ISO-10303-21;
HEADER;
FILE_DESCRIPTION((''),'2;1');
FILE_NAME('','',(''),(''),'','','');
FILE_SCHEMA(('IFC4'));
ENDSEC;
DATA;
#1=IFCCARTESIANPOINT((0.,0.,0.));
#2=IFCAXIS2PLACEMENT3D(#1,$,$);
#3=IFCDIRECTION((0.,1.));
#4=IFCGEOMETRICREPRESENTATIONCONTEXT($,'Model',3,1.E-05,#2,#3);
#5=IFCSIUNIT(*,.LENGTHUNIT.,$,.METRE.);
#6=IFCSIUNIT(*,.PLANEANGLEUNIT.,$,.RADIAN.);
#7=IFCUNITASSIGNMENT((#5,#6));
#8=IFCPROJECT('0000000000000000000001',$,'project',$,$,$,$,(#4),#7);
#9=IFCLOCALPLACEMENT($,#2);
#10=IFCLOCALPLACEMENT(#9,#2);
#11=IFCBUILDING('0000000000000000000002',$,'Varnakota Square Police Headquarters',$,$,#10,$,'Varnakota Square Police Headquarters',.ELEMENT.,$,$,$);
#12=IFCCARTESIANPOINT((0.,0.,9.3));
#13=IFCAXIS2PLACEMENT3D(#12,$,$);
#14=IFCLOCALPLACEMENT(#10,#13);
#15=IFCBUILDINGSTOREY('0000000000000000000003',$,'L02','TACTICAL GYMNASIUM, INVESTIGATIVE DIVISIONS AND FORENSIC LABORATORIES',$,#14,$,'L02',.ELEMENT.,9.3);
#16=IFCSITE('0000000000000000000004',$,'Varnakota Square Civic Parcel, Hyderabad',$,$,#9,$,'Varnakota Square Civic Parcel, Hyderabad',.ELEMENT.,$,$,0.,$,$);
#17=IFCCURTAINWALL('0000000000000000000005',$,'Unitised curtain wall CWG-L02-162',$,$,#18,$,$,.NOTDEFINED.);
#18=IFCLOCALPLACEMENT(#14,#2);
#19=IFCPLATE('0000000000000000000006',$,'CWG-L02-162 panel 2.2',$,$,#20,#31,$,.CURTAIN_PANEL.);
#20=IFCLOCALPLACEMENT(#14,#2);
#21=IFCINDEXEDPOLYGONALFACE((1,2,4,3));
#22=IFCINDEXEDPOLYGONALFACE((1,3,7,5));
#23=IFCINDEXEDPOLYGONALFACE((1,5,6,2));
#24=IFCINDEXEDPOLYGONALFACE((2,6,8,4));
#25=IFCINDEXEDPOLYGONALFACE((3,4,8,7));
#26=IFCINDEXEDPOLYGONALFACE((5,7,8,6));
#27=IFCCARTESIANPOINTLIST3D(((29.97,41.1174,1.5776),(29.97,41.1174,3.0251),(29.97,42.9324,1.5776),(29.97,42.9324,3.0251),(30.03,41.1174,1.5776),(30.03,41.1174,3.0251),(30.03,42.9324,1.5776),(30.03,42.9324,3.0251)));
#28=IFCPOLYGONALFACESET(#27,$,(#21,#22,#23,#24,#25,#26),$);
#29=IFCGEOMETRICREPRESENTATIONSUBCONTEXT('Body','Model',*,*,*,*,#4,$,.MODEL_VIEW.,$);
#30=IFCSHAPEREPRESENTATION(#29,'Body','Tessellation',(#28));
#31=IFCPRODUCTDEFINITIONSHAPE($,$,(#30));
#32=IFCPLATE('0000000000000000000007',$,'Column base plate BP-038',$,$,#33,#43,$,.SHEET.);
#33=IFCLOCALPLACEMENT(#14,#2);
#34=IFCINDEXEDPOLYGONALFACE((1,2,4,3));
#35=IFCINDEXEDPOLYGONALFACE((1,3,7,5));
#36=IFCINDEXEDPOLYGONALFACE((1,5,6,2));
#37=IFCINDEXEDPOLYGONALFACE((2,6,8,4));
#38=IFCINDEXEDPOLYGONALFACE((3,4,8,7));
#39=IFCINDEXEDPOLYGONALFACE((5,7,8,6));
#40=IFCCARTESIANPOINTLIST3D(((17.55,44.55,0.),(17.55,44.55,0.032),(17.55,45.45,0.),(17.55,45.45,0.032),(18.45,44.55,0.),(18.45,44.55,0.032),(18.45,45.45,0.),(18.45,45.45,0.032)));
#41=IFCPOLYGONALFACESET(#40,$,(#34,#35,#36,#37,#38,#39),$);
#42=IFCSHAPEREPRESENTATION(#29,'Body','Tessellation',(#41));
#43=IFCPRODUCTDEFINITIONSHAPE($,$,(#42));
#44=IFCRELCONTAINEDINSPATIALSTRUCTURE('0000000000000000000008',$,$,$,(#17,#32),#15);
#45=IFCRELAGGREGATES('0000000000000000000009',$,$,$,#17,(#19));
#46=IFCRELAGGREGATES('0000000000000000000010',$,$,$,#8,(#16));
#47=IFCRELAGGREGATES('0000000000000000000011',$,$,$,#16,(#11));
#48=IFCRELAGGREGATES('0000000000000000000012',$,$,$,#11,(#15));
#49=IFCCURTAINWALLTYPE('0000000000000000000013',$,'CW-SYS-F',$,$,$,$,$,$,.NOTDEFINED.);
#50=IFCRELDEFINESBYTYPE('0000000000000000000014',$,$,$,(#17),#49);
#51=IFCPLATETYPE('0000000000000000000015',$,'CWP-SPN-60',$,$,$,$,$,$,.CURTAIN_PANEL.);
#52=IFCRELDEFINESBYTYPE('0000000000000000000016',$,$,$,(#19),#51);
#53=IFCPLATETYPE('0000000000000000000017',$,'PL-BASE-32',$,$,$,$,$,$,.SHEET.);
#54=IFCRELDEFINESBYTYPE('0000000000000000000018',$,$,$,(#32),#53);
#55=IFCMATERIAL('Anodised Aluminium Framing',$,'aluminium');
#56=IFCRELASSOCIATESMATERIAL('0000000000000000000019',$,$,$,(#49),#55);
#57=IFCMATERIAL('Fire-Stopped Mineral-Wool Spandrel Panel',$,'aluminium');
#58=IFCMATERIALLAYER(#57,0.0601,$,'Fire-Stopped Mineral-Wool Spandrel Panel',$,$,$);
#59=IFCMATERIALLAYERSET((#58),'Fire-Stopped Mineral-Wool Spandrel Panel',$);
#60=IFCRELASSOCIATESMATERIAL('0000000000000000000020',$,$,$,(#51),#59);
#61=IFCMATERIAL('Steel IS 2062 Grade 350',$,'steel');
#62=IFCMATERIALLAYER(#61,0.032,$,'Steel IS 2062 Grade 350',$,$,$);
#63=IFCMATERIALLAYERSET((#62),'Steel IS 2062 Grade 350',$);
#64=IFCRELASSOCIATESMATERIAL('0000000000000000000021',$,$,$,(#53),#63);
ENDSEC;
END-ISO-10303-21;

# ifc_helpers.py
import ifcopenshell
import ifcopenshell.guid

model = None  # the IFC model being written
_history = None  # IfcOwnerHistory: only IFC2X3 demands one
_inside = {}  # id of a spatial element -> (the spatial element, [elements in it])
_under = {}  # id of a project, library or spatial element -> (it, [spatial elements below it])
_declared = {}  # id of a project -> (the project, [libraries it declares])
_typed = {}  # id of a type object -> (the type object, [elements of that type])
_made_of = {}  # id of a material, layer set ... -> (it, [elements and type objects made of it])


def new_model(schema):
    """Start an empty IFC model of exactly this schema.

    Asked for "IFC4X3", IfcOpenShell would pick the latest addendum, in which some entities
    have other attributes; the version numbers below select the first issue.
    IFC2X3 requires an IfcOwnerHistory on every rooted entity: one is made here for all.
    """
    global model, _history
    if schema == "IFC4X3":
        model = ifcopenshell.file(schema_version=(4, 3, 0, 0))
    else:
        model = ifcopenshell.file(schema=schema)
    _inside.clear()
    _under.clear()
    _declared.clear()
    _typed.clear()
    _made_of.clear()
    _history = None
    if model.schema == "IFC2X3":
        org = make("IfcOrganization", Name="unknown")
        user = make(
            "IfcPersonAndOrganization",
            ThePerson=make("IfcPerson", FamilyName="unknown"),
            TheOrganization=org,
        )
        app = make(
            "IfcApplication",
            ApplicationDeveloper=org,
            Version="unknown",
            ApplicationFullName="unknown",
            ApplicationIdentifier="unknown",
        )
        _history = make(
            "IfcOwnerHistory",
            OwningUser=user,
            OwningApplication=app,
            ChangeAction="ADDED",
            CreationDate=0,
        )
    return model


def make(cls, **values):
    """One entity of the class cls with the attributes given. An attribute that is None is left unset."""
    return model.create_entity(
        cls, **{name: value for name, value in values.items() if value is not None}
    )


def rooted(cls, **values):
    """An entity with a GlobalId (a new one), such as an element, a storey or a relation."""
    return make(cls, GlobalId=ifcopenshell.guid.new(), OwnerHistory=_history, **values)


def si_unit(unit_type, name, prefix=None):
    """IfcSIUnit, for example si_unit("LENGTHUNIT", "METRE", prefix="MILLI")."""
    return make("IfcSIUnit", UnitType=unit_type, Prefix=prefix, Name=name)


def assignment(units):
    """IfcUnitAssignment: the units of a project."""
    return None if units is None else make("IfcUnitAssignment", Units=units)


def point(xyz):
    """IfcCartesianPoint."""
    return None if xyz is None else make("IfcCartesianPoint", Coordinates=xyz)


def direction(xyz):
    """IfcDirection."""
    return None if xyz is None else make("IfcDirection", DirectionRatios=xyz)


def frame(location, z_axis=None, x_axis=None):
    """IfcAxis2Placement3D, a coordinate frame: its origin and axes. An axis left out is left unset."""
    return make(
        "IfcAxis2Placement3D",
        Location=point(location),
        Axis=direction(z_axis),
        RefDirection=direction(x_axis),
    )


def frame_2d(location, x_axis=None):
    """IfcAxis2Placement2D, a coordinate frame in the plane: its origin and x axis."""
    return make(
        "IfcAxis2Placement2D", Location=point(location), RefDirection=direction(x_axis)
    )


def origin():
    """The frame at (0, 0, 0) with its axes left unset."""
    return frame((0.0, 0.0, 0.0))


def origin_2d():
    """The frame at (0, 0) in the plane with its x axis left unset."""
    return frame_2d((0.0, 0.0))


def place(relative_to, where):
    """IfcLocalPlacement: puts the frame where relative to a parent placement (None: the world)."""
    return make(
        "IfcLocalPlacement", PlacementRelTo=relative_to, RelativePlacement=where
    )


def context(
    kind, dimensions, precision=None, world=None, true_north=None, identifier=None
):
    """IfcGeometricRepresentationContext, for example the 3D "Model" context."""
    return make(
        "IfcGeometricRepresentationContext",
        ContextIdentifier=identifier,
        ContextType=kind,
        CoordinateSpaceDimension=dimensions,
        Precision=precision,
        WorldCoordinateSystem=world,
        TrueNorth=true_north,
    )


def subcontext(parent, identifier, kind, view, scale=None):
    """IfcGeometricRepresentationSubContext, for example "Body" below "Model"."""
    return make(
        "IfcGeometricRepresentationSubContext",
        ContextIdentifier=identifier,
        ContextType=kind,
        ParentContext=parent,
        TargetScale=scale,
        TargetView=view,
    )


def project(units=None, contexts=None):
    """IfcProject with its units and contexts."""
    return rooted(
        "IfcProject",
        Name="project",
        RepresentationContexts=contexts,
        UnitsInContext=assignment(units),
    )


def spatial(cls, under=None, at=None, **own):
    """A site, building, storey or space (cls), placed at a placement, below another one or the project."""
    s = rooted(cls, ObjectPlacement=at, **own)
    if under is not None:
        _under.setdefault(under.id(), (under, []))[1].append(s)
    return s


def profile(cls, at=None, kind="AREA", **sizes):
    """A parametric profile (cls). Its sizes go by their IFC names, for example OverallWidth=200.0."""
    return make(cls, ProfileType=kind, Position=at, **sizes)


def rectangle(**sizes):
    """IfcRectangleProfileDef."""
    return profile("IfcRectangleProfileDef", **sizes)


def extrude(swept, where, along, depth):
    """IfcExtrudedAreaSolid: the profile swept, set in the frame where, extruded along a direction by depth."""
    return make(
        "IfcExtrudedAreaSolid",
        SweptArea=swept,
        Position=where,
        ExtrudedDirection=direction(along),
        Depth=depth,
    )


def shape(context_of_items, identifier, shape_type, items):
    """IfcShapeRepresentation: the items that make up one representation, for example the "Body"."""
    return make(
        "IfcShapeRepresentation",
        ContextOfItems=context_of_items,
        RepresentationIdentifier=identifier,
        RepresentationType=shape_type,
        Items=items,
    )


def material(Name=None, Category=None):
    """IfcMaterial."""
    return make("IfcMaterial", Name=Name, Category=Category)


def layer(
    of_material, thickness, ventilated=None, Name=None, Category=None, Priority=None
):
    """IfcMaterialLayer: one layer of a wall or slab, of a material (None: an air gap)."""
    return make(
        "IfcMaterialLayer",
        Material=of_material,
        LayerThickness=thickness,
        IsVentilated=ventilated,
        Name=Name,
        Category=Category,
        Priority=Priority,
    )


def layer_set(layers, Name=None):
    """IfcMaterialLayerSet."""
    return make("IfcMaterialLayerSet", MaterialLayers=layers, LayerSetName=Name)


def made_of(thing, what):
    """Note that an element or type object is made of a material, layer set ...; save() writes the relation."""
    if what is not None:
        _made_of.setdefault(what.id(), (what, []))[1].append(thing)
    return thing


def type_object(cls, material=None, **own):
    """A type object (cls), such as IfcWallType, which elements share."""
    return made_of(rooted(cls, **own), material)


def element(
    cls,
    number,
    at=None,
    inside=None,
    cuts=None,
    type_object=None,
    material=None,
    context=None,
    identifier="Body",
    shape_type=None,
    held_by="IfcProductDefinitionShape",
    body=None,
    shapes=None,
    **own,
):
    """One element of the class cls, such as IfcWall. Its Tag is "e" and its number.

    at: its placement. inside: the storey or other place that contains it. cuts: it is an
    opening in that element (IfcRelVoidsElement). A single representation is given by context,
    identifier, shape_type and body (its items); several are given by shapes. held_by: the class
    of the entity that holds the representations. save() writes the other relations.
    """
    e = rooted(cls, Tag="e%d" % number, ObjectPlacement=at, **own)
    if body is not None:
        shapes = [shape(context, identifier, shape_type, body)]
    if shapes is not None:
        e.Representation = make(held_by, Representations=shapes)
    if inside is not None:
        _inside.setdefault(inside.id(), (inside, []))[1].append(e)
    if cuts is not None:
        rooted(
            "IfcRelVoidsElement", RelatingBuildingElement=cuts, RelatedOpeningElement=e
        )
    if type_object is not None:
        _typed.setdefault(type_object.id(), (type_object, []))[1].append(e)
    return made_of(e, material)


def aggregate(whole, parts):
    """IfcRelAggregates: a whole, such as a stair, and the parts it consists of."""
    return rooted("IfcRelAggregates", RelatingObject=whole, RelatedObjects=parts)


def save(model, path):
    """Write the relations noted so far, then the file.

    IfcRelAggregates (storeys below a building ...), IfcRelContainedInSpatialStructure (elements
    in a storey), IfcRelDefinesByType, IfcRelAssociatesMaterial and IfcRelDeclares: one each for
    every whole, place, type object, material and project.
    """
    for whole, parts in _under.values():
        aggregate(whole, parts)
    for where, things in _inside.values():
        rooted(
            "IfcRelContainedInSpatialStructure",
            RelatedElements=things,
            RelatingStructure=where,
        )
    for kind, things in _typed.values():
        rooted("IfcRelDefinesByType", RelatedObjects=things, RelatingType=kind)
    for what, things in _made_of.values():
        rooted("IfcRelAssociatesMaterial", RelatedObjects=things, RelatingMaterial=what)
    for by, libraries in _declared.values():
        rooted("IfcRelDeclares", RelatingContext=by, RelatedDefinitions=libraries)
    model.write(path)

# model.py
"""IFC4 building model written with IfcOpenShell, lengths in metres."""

from ifc_helpers import new_model, si_unit, direction, frame, origin, origin_2d, place, context, subcontext, project, spatial, rectangle, extrude, material, layer, layer_set, type_object, element, aggregate, save


model = new_model("IFC4")

# Units and contexts
model_context = context("Model", 3, precision=1e-05, world=origin(), true_north=direction((0.0, 1.0)))
body_context = subcontext(model_context, "Body", "Model", "MODEL_VIEW")
ifc_project = project(units=[si_unit("LENGTHUNIT", "METRE"), si_unit("PLANEANGLEUNIT", "RADIAN")], contexts=[model_context])

# Site, building, storey
site_placement = place(None, origin())
site = spatial("IfcSite", under=ifc_project, at=site_placement, Name="Varnakota Square Civic Parcel, Hyderabad", LongName="Varnakota Square Civic Parcel, Hyderabad", CompositionType="ELEMENT", RefElevation=0.0)
building_placement = place(site_placement, origin())
building = spatial("IfcBuilding", under=site, at=building_placement, Name="Varnakota Square Police Headquarters", LongName="Varnakota Square Police Headquarters", CompositionType="ELEMENT")
storey_placement = place(building_placement, frame((0.0, 0.0, 9.3)))
storey = spatial("IfcBuildingStorey", under=building, at=storey_placement, Name="L02", Description="TACTICAL GYMNASIUM, INVESTIGATIVE DIVISIONS AND FORENSIC LABORATORIES", LongName="L02", CompositionType="ELEMENT", Elevation=9.3)

# Shared definitions
ifc_material_1 = material(Name="Steel IS 2062 Grade 350", Category="steel")

# Shared definitions
ifc_material_2 = material(Name="Anodised Aluminium Framing", Category="aluminium")
curtain_wall_type = type_object("IfcCurtainWallType", Name="CW-SYS-F", PredefinedType="NOTDEFINED", material=ifc_material_2)

# Curtain wall
curtain_wall_1_placement = place(storey_placement, origin())
curtain_wall_1 = element("IfcCurtainWall", 1, at=curtain_wall_1_placement, inside=storey, type_object=curtain_wall_type, Name="Unitised curtain wall CWG-L02-162", PredefinedType="NOTDEFINED")

# Plates
ifc_material_3 = material(Name="Fire-Stopped Mineral-Wool Spandrel Panel", Category="aluminium")
ifc_layer_1 = layer(ifc_material_3, 0.0601, Name="Fire-Stopped Mineral-Wool Spandrel Panel")
ifc_layer_set_1 = layer_set([ifc_layer_1], Name="Fire-Stopped Mineral-Wool Spandrel Panel")
plate_type_1 = type_object("IfcPlateType", Name="CWP-SPN-60", PredefinedType="CURTAIN_PANEL", material=ifc_layer_set_1)
plate_1_placement = place(storey_placement, frame((30.0, 42.0249, 1.5776), z_axis=(0.0, 0.0, 1.0), x_axis=(0.0, 1.0, 0.0)))
plate_1 = element("IfcPlate", 2, at=plate_1_placement, type_object=plate_type_1, Name="CWG-L02-162 panel 2.2", PredefinedType="CURTAIN_PANEL", context=body_context, shape_type="SweptSolid", body=[
    extrude(rectangle(XDim=1.8149, YDim=0.0601, at=origin_2d()), origin(), (0.0, 0.0, 1.0), 1.4475),
])
aggregate(curtain_wall_1, [plate_1])
ifc_layer_2 = layer(ifc_material_1, 0.032, Name="Steel IS 2062 Grade 350")
ifc_layer_set_2 = layer_set([ifc_layer_2], Name="Steel IS 2062 Grade 350")
plate_type_2 = type_object("IfcPlateType", Name="PL-BASE-32", PredefinedType="SHEET", material=ifc_layer_set_2)
plate_2_placement = place(storey_placement, frame((18.0, 45.0, 0.0), z_axis=(0.0, 0.0, 1.0), x_axis=(1.0, 0.0, 0.0)))
element("IfcPlate", 3, at=plate_2_placement, inside=storey, type_object=plate_type_2, Name="Column base plate BP-038", PredefinedType="SHEET", context=body_context, shape_type="SweptSolid", body=[
    extrude(rectangle(XDim=0.8999, YDim=0.8999, at=origin_2d()), origin(), (0.0, 0.0, 1.0), 0.032),
])

save(model, "model.ifc")
